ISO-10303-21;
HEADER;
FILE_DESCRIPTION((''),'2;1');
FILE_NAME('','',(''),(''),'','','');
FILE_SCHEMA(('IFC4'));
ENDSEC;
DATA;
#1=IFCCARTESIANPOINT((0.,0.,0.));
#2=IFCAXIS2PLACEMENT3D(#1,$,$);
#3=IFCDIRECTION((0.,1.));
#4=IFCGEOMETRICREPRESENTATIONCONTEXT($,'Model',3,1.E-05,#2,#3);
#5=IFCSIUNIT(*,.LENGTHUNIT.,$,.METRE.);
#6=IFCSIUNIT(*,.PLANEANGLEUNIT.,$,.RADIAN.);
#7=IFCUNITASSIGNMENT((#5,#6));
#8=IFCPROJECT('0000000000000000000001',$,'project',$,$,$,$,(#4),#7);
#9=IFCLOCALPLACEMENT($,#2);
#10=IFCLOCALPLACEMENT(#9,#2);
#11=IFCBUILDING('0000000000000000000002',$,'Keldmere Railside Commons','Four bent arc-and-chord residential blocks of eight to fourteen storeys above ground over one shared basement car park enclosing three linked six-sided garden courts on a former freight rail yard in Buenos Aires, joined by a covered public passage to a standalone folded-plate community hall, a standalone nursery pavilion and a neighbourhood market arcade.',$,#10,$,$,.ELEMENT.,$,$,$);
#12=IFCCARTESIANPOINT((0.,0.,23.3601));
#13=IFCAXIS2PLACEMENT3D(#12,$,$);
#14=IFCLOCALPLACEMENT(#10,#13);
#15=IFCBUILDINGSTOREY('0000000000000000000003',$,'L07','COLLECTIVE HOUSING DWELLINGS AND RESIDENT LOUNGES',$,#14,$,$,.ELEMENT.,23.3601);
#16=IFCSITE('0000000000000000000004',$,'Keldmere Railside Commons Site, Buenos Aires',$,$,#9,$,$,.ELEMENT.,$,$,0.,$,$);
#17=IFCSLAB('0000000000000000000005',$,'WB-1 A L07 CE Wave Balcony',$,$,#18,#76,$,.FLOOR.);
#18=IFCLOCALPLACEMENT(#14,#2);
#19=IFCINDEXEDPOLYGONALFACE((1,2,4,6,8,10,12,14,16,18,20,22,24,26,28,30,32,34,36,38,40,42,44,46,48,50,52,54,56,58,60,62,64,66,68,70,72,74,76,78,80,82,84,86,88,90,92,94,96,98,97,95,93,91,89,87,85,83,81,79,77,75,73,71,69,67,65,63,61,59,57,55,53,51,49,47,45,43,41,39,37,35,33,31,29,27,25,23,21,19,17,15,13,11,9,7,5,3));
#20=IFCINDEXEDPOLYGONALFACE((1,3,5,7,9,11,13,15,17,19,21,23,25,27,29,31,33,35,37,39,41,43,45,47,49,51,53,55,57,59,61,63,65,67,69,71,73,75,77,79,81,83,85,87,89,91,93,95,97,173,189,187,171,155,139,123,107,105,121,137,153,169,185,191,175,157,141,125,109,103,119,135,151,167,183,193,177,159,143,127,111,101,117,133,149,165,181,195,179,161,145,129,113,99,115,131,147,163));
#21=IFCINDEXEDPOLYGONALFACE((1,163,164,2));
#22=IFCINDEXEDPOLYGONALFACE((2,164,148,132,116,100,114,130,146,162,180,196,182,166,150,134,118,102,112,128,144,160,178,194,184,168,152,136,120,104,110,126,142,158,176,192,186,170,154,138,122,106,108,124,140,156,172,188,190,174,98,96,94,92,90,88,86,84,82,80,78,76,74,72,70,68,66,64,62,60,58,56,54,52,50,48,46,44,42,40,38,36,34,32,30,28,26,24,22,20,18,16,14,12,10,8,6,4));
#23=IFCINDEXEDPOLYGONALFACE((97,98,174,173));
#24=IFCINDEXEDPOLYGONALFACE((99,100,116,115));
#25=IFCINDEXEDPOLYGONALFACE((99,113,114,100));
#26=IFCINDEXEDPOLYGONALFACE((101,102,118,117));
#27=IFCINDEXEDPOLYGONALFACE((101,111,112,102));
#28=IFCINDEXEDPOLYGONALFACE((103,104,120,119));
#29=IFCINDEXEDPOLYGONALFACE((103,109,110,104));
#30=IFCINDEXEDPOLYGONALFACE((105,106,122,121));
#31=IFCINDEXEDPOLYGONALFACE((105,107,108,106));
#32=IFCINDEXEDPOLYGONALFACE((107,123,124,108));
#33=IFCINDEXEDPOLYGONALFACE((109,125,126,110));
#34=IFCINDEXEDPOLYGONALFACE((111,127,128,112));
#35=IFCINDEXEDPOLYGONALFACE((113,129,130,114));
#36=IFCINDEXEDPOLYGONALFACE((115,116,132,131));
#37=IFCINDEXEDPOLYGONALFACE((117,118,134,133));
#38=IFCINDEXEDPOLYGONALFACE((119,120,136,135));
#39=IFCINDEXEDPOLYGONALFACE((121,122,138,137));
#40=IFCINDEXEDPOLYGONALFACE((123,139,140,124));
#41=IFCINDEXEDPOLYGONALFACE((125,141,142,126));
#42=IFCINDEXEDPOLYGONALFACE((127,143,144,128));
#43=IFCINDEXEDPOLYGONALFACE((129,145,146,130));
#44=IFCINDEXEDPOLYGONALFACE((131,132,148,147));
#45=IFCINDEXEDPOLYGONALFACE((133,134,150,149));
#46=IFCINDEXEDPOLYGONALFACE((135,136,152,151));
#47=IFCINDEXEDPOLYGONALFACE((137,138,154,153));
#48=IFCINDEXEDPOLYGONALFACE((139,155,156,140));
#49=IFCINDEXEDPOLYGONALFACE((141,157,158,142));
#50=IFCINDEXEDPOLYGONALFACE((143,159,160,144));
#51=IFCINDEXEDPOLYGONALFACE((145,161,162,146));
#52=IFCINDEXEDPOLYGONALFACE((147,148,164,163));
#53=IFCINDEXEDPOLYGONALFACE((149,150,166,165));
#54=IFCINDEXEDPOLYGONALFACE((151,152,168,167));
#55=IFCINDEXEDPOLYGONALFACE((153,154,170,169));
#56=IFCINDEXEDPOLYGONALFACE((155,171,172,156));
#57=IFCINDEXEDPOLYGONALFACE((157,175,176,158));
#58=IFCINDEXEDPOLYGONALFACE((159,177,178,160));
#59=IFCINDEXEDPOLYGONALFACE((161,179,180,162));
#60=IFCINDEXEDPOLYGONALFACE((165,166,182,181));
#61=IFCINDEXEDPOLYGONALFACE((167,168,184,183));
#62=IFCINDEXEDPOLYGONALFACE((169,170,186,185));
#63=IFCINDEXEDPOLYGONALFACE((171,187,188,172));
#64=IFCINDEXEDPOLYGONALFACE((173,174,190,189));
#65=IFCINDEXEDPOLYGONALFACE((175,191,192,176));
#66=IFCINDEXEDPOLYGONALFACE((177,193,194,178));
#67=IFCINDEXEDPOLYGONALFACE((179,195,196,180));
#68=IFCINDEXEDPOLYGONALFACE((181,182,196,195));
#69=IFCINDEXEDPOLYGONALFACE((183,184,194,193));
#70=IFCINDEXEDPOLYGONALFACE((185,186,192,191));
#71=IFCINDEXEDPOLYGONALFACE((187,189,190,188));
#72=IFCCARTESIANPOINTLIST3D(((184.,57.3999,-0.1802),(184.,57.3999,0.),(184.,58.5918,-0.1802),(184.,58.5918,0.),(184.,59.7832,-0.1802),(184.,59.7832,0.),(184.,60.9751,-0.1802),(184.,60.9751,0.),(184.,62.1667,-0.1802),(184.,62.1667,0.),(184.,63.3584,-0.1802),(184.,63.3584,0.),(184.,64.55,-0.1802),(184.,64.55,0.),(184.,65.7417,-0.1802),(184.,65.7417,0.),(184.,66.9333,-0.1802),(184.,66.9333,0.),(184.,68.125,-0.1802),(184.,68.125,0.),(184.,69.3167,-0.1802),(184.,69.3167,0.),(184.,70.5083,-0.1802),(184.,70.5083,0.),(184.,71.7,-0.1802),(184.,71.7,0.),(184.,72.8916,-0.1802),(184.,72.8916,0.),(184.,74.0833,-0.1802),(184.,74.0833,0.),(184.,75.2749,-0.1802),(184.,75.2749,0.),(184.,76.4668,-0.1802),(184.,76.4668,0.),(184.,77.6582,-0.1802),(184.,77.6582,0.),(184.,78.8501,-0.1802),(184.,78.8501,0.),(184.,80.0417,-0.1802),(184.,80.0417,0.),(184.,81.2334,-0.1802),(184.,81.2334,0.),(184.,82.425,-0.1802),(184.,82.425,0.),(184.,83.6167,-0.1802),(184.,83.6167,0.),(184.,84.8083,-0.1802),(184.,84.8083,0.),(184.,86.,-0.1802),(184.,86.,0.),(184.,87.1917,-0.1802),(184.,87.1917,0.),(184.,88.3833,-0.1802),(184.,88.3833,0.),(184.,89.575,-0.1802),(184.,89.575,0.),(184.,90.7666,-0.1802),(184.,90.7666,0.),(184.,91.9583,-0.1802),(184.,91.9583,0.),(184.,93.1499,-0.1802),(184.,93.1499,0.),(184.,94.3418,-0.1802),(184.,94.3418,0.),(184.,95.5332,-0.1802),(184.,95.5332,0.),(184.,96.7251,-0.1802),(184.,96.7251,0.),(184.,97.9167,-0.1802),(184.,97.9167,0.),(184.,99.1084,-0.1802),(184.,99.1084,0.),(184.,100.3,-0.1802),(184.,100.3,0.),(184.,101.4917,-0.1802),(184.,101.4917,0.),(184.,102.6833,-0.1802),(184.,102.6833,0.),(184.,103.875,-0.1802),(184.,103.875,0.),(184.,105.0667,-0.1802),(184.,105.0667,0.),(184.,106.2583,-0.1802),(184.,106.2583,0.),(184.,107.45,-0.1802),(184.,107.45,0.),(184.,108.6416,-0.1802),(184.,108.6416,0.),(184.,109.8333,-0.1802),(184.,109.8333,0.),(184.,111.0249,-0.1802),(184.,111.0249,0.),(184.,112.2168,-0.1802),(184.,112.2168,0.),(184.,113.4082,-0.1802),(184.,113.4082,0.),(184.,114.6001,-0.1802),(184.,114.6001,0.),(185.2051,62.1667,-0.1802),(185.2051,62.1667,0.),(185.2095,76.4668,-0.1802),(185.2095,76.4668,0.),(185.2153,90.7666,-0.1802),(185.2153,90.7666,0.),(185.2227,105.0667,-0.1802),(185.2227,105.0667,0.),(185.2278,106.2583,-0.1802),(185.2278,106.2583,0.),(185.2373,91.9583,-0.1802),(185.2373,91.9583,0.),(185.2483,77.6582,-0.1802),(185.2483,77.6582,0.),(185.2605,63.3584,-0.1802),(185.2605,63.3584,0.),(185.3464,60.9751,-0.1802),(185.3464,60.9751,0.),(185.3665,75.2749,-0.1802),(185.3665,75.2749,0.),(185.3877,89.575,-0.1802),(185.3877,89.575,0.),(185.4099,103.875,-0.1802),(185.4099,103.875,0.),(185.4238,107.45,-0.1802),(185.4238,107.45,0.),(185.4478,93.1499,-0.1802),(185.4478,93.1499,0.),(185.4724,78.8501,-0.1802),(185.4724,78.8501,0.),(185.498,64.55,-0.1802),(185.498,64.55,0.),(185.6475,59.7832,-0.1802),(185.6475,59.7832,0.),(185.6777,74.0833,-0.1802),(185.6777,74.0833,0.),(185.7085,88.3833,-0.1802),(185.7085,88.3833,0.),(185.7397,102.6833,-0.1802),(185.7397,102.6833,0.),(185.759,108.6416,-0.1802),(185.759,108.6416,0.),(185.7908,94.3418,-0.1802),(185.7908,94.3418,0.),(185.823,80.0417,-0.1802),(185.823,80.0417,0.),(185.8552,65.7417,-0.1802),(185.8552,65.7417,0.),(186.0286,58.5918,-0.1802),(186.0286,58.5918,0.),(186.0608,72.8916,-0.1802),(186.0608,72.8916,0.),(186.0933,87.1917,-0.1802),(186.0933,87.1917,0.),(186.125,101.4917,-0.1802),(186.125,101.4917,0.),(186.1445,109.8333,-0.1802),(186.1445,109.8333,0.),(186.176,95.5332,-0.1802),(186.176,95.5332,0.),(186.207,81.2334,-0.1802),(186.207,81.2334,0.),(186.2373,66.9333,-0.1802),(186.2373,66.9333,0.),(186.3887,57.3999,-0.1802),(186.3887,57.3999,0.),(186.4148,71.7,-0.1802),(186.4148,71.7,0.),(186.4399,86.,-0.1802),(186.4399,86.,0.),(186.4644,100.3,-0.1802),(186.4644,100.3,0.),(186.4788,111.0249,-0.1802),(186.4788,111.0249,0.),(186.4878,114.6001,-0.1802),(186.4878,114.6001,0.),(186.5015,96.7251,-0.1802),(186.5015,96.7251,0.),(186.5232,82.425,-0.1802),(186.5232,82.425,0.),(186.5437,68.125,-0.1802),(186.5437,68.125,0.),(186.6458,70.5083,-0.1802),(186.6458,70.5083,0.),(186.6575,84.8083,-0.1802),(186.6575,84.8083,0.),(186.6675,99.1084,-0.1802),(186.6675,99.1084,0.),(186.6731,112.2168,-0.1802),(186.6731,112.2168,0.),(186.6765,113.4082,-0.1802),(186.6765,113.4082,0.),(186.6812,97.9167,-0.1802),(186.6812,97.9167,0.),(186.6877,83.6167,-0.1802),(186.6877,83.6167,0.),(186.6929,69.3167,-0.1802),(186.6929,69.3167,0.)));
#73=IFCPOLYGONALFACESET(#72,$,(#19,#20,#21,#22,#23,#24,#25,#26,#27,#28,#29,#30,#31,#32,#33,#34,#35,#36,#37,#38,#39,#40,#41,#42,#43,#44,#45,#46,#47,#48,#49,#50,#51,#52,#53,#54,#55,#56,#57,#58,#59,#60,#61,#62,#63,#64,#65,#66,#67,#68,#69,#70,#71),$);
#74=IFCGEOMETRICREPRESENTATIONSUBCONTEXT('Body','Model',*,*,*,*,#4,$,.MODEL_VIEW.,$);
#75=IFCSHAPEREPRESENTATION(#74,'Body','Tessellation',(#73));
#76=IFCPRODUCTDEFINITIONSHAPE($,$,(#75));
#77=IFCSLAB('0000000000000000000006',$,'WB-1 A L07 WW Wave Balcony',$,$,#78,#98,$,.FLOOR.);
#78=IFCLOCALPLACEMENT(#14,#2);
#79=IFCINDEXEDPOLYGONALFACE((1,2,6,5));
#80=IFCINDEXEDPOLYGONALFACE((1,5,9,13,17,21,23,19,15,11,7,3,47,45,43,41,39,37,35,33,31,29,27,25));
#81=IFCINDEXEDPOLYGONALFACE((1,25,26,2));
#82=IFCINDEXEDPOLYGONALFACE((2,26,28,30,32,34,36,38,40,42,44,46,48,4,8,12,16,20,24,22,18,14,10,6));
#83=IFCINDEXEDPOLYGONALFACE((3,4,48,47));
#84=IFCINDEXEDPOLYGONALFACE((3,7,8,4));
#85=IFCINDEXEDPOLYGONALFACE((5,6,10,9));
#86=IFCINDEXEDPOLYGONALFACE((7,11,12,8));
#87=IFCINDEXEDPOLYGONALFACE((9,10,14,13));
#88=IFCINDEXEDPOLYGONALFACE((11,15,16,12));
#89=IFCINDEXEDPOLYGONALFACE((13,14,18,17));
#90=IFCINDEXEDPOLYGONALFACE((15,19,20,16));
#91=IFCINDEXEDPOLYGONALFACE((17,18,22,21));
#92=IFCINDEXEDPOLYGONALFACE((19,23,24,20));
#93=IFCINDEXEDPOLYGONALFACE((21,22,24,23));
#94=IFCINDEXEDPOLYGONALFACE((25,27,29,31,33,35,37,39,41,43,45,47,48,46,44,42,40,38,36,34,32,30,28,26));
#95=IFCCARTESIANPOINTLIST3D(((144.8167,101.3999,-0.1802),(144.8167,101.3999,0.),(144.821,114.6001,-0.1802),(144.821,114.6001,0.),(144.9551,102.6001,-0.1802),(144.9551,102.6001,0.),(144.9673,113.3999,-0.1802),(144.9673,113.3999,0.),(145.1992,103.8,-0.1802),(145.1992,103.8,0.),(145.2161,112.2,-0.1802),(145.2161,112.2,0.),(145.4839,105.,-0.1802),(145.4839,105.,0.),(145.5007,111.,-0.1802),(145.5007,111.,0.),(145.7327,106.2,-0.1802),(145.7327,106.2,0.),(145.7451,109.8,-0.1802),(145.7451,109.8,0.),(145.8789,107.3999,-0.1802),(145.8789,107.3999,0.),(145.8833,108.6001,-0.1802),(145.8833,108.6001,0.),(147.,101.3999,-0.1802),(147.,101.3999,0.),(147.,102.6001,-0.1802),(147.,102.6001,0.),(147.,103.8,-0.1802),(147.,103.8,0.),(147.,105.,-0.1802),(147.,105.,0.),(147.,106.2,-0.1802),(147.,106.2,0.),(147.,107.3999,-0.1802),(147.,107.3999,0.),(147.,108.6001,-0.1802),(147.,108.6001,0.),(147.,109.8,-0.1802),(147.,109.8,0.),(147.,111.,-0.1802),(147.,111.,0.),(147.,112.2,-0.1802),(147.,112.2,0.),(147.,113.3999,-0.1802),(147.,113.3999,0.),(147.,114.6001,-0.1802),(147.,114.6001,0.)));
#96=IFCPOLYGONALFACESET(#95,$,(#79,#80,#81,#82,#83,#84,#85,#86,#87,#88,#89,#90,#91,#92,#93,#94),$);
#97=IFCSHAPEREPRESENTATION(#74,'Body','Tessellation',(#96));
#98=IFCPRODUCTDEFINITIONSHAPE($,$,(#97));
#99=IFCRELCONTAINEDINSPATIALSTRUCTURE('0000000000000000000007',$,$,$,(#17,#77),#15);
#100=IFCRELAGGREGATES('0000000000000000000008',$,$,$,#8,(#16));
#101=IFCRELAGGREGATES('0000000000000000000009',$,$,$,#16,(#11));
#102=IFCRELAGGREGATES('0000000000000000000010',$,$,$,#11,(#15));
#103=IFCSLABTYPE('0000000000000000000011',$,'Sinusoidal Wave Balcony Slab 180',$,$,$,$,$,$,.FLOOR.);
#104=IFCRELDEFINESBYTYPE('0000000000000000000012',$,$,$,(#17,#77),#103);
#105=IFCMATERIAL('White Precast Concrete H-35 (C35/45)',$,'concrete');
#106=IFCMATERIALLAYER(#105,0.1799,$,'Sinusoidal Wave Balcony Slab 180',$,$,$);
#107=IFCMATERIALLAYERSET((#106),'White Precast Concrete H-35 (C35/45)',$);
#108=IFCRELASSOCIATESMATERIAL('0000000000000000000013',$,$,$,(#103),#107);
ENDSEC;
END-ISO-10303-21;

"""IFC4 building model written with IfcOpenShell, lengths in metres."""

from ifc_helpers import new_model, si_unit, direction, frame, origin, place, context, subcontext, project, spatial, polyline, outline, extrude, material, layer, layer_set, type_object, element, save


model = new_model("IFC4")

# Units and contexts
model_context = context("Model", 3, precision=1e-05, world=origin(), true_north=direction((0.0, 1.0)))
body_context = subcontext(model_context, "Body", "Model", "MODEL_VIEW")
ifc_project = project(units=[si_unit("LENGTHUNIT", "METRE"), si_unit("PLANEANGLEUNIT", "RADIAN")], contexts=[model_context])

# Site, building, storey
site_placement = place(None, origin())
site = spatial("IfcSite", under=ifc_project, at=site_placement, Name="Keldmere Railside Commons Site, Buenos Aires", CompositionType="ELEMENT", RefElevation=0.0)
building_placement = place(site_placement, origin())
building = spatial("IfcBuilding", under=site, at=building_placement, Name="Keldmere Railside Commons", Description="Four bent arc-and-chord residential blocks of eight to fourteen storeys above ground over one shared basement car park enclosing three linked six-sided garden courts on a former freight rail yard in Buenos Aires, joined by a covered public passage to a standalone folded-plate community hall, a standalone nursery pavilion and a neighbourhood market arcade.", CompositionType="ELEMENT")
storey_placement = place(building_placement, frame((0.0, 0.0, 23.3601)))
storey = spatial("IfcBuildingStorey", under=building, at=storey_placement, Name="L07", Description="COLLECTIVE HOUSING DWELLINGS AND RESIDENT LOUNGES", CompositionType="ELEMENT", Elevation=23.3601)

# Slabs
ifc_material_1 = material(Name="White Precast Concrete H-35 (C35/45)", Category="concrete")
ifc_layer_1 = layer(ifc_material_1, 0.1799, Name="Sinusoidal Wave Balcony Slab 180")
ifc_layer_set_1 = layer_set([ifc_layer_1], Name="White Precast Concrete H-35 (C35/45)")
slab_type_1 = type_object("IfcSlabType", Name="Sinusoidal Wave Balcony Slab 180", PredefinedType="FLOOR", material=ifc_layer_set_1)
slab_1_placement = place(storey_placement, frame((0.0, 0.0, -0.1802)))
element("IfcSlab", 1, at=slab_1_placement, inside=storey, type_object=slab_type_1, Name="WB-1 A L07 CE Wave Balcony", PredefinedType="FLOOR", context=body_context, shape_type="SweptSolid", body=[
    extrude(outline(polyline([(186.3887, 57.3999), (186.0286, 58.5918), (185.6475, 59.7832), (185.3464, 60.9751), (185.2051, 62.1667), (185.2605, 63.3584), (185.498, 64.55), (185.8552, 65.7417), (186.2373, 66.9333), (186.5437, 68.125), (186.6929, 69.3167), (186.6458, 70.5083), (186.4148, 71.7), (186.0608, 72.8916), (185.6777, 74.0833), (185.3665, 75.2749), (185.2095, 76.4668), (185.2483, 77.6582), (185.4724, 78.8501), (185.823, 80.0417), (186.207, 81.2334), (186.5232, 82.425), (186.6877, 83.6167), (186.6575, 84.8083), (186.4399, 86.0), (186.0933, 87.1917), (185.7085, 88.3833), (185.3877, 89.575), (185.2153, 90.7666), (185.2373, 91.9583), (185.4478, 93.1499), (185.7908, 94.3418), (186.176, 95.5332), (186.5015, 96.7251), (186.6812, 97.9167), (186.6675, 99.1084), (186.4644, 100.3), (186.125, 101.4917), (185.7397, 102.6833), (185.4099, 103.875), (185.2227, 105.0667), (185.2278, 106.2583), (185.4238, 107.45), (185.759, 108.6416), (186.1445, 109.8333), (186.4788, 111.0249), (186.6731, 112.2168), (186.6765, 113.4082), (186.4878, 114.6001), (184.0, 114.6001), (184.0, 113.4082), (184.0, 112.2168), (184.0, 111.0249), (184.0, 109.8333), (184.0, 108.6416), (184.0, 107.45), (184.0, 106.2583), (184.0, 105.0667), (184.0, 103.875), (184.0, 102.6833), (184.0, 101.4917), (184.0, 100.3), (184.0, 99.1084), (184.0, 97.9167), (184.0, 96.7251), (184.0, 95.5332), (184.0, 94.3418), (184.0, 93.1499), (184.0, 91.9583), (184.0, 90.7666), (184.0, 89.575), (184.0, 88.3833), (184.0, 87.1917), (184.0, 86.0), (184.0, 84.8083), (184.0, 83.6167), (184.0, 82.425), (184.0, 81.2334), (184.0, 80.0417), (184.0, 78.8501), (184.0, 77.6582), (184.0, 76.4668), (184.0, 75.2749), (184.0, 74.0833), (184.0, 72.8916), (184.0, 71.7), (184.0, 70.5083), (184.0, 69.3167), (184.0, 68.125), (184.0, 66.9333), (184.0, 65.7417), (184.0, 64.55), (184.0, 63.3584), (184.0, 62.1667), (184.0, 60.9751), (184.0, 59.7832), (184.0, 58.5918), (184.0, 57.3999), (186.3887, 57.3999)])), origin(), (0.0, 0.0, 1.0), 0.1802),
])
slab_2_placement = place(storey_placement, frame((0.0, 0.0, -0.1802)))
element("IfcSlab", 2, at=slab_2_placement, inside=storey, type_object=slab_type_1, Name="WB-1 A L07 WW Wave Balcony", PredefinedType="FLOOR", context=body_context, shape_type="SweptSolid", body=[
    extrude(outline(polyline([(147.0, 101.3999), (147.0, 102.6001), (147.0, 103.8), (147.0, 105.0), (147.0, 106.2), (147.0, 107.3999), (147.0, 108.6001), (147.0, 109.8), (147.0, 111.0), (147.0, 112.2), (147.0, 113.3999), (147.0, 114.6001), (144.821, 114.6001), (144.9673, 113.3999), (145.2161, 112.2), (145.5007, 111.0), (145.7451, 109.8), (145.8833, 108.6001), (145.8789, 107.3999), (145.7327, 106.2), (145.4839, 105.0), (145.1992, 103.8), (144.9551, 102.6001), (144.8167, 101.3999), (147.0, 101.3999)])), origin(), (0.0, 0.0, 1.0), 0.1802),
])

save(model, "model.ifc")
